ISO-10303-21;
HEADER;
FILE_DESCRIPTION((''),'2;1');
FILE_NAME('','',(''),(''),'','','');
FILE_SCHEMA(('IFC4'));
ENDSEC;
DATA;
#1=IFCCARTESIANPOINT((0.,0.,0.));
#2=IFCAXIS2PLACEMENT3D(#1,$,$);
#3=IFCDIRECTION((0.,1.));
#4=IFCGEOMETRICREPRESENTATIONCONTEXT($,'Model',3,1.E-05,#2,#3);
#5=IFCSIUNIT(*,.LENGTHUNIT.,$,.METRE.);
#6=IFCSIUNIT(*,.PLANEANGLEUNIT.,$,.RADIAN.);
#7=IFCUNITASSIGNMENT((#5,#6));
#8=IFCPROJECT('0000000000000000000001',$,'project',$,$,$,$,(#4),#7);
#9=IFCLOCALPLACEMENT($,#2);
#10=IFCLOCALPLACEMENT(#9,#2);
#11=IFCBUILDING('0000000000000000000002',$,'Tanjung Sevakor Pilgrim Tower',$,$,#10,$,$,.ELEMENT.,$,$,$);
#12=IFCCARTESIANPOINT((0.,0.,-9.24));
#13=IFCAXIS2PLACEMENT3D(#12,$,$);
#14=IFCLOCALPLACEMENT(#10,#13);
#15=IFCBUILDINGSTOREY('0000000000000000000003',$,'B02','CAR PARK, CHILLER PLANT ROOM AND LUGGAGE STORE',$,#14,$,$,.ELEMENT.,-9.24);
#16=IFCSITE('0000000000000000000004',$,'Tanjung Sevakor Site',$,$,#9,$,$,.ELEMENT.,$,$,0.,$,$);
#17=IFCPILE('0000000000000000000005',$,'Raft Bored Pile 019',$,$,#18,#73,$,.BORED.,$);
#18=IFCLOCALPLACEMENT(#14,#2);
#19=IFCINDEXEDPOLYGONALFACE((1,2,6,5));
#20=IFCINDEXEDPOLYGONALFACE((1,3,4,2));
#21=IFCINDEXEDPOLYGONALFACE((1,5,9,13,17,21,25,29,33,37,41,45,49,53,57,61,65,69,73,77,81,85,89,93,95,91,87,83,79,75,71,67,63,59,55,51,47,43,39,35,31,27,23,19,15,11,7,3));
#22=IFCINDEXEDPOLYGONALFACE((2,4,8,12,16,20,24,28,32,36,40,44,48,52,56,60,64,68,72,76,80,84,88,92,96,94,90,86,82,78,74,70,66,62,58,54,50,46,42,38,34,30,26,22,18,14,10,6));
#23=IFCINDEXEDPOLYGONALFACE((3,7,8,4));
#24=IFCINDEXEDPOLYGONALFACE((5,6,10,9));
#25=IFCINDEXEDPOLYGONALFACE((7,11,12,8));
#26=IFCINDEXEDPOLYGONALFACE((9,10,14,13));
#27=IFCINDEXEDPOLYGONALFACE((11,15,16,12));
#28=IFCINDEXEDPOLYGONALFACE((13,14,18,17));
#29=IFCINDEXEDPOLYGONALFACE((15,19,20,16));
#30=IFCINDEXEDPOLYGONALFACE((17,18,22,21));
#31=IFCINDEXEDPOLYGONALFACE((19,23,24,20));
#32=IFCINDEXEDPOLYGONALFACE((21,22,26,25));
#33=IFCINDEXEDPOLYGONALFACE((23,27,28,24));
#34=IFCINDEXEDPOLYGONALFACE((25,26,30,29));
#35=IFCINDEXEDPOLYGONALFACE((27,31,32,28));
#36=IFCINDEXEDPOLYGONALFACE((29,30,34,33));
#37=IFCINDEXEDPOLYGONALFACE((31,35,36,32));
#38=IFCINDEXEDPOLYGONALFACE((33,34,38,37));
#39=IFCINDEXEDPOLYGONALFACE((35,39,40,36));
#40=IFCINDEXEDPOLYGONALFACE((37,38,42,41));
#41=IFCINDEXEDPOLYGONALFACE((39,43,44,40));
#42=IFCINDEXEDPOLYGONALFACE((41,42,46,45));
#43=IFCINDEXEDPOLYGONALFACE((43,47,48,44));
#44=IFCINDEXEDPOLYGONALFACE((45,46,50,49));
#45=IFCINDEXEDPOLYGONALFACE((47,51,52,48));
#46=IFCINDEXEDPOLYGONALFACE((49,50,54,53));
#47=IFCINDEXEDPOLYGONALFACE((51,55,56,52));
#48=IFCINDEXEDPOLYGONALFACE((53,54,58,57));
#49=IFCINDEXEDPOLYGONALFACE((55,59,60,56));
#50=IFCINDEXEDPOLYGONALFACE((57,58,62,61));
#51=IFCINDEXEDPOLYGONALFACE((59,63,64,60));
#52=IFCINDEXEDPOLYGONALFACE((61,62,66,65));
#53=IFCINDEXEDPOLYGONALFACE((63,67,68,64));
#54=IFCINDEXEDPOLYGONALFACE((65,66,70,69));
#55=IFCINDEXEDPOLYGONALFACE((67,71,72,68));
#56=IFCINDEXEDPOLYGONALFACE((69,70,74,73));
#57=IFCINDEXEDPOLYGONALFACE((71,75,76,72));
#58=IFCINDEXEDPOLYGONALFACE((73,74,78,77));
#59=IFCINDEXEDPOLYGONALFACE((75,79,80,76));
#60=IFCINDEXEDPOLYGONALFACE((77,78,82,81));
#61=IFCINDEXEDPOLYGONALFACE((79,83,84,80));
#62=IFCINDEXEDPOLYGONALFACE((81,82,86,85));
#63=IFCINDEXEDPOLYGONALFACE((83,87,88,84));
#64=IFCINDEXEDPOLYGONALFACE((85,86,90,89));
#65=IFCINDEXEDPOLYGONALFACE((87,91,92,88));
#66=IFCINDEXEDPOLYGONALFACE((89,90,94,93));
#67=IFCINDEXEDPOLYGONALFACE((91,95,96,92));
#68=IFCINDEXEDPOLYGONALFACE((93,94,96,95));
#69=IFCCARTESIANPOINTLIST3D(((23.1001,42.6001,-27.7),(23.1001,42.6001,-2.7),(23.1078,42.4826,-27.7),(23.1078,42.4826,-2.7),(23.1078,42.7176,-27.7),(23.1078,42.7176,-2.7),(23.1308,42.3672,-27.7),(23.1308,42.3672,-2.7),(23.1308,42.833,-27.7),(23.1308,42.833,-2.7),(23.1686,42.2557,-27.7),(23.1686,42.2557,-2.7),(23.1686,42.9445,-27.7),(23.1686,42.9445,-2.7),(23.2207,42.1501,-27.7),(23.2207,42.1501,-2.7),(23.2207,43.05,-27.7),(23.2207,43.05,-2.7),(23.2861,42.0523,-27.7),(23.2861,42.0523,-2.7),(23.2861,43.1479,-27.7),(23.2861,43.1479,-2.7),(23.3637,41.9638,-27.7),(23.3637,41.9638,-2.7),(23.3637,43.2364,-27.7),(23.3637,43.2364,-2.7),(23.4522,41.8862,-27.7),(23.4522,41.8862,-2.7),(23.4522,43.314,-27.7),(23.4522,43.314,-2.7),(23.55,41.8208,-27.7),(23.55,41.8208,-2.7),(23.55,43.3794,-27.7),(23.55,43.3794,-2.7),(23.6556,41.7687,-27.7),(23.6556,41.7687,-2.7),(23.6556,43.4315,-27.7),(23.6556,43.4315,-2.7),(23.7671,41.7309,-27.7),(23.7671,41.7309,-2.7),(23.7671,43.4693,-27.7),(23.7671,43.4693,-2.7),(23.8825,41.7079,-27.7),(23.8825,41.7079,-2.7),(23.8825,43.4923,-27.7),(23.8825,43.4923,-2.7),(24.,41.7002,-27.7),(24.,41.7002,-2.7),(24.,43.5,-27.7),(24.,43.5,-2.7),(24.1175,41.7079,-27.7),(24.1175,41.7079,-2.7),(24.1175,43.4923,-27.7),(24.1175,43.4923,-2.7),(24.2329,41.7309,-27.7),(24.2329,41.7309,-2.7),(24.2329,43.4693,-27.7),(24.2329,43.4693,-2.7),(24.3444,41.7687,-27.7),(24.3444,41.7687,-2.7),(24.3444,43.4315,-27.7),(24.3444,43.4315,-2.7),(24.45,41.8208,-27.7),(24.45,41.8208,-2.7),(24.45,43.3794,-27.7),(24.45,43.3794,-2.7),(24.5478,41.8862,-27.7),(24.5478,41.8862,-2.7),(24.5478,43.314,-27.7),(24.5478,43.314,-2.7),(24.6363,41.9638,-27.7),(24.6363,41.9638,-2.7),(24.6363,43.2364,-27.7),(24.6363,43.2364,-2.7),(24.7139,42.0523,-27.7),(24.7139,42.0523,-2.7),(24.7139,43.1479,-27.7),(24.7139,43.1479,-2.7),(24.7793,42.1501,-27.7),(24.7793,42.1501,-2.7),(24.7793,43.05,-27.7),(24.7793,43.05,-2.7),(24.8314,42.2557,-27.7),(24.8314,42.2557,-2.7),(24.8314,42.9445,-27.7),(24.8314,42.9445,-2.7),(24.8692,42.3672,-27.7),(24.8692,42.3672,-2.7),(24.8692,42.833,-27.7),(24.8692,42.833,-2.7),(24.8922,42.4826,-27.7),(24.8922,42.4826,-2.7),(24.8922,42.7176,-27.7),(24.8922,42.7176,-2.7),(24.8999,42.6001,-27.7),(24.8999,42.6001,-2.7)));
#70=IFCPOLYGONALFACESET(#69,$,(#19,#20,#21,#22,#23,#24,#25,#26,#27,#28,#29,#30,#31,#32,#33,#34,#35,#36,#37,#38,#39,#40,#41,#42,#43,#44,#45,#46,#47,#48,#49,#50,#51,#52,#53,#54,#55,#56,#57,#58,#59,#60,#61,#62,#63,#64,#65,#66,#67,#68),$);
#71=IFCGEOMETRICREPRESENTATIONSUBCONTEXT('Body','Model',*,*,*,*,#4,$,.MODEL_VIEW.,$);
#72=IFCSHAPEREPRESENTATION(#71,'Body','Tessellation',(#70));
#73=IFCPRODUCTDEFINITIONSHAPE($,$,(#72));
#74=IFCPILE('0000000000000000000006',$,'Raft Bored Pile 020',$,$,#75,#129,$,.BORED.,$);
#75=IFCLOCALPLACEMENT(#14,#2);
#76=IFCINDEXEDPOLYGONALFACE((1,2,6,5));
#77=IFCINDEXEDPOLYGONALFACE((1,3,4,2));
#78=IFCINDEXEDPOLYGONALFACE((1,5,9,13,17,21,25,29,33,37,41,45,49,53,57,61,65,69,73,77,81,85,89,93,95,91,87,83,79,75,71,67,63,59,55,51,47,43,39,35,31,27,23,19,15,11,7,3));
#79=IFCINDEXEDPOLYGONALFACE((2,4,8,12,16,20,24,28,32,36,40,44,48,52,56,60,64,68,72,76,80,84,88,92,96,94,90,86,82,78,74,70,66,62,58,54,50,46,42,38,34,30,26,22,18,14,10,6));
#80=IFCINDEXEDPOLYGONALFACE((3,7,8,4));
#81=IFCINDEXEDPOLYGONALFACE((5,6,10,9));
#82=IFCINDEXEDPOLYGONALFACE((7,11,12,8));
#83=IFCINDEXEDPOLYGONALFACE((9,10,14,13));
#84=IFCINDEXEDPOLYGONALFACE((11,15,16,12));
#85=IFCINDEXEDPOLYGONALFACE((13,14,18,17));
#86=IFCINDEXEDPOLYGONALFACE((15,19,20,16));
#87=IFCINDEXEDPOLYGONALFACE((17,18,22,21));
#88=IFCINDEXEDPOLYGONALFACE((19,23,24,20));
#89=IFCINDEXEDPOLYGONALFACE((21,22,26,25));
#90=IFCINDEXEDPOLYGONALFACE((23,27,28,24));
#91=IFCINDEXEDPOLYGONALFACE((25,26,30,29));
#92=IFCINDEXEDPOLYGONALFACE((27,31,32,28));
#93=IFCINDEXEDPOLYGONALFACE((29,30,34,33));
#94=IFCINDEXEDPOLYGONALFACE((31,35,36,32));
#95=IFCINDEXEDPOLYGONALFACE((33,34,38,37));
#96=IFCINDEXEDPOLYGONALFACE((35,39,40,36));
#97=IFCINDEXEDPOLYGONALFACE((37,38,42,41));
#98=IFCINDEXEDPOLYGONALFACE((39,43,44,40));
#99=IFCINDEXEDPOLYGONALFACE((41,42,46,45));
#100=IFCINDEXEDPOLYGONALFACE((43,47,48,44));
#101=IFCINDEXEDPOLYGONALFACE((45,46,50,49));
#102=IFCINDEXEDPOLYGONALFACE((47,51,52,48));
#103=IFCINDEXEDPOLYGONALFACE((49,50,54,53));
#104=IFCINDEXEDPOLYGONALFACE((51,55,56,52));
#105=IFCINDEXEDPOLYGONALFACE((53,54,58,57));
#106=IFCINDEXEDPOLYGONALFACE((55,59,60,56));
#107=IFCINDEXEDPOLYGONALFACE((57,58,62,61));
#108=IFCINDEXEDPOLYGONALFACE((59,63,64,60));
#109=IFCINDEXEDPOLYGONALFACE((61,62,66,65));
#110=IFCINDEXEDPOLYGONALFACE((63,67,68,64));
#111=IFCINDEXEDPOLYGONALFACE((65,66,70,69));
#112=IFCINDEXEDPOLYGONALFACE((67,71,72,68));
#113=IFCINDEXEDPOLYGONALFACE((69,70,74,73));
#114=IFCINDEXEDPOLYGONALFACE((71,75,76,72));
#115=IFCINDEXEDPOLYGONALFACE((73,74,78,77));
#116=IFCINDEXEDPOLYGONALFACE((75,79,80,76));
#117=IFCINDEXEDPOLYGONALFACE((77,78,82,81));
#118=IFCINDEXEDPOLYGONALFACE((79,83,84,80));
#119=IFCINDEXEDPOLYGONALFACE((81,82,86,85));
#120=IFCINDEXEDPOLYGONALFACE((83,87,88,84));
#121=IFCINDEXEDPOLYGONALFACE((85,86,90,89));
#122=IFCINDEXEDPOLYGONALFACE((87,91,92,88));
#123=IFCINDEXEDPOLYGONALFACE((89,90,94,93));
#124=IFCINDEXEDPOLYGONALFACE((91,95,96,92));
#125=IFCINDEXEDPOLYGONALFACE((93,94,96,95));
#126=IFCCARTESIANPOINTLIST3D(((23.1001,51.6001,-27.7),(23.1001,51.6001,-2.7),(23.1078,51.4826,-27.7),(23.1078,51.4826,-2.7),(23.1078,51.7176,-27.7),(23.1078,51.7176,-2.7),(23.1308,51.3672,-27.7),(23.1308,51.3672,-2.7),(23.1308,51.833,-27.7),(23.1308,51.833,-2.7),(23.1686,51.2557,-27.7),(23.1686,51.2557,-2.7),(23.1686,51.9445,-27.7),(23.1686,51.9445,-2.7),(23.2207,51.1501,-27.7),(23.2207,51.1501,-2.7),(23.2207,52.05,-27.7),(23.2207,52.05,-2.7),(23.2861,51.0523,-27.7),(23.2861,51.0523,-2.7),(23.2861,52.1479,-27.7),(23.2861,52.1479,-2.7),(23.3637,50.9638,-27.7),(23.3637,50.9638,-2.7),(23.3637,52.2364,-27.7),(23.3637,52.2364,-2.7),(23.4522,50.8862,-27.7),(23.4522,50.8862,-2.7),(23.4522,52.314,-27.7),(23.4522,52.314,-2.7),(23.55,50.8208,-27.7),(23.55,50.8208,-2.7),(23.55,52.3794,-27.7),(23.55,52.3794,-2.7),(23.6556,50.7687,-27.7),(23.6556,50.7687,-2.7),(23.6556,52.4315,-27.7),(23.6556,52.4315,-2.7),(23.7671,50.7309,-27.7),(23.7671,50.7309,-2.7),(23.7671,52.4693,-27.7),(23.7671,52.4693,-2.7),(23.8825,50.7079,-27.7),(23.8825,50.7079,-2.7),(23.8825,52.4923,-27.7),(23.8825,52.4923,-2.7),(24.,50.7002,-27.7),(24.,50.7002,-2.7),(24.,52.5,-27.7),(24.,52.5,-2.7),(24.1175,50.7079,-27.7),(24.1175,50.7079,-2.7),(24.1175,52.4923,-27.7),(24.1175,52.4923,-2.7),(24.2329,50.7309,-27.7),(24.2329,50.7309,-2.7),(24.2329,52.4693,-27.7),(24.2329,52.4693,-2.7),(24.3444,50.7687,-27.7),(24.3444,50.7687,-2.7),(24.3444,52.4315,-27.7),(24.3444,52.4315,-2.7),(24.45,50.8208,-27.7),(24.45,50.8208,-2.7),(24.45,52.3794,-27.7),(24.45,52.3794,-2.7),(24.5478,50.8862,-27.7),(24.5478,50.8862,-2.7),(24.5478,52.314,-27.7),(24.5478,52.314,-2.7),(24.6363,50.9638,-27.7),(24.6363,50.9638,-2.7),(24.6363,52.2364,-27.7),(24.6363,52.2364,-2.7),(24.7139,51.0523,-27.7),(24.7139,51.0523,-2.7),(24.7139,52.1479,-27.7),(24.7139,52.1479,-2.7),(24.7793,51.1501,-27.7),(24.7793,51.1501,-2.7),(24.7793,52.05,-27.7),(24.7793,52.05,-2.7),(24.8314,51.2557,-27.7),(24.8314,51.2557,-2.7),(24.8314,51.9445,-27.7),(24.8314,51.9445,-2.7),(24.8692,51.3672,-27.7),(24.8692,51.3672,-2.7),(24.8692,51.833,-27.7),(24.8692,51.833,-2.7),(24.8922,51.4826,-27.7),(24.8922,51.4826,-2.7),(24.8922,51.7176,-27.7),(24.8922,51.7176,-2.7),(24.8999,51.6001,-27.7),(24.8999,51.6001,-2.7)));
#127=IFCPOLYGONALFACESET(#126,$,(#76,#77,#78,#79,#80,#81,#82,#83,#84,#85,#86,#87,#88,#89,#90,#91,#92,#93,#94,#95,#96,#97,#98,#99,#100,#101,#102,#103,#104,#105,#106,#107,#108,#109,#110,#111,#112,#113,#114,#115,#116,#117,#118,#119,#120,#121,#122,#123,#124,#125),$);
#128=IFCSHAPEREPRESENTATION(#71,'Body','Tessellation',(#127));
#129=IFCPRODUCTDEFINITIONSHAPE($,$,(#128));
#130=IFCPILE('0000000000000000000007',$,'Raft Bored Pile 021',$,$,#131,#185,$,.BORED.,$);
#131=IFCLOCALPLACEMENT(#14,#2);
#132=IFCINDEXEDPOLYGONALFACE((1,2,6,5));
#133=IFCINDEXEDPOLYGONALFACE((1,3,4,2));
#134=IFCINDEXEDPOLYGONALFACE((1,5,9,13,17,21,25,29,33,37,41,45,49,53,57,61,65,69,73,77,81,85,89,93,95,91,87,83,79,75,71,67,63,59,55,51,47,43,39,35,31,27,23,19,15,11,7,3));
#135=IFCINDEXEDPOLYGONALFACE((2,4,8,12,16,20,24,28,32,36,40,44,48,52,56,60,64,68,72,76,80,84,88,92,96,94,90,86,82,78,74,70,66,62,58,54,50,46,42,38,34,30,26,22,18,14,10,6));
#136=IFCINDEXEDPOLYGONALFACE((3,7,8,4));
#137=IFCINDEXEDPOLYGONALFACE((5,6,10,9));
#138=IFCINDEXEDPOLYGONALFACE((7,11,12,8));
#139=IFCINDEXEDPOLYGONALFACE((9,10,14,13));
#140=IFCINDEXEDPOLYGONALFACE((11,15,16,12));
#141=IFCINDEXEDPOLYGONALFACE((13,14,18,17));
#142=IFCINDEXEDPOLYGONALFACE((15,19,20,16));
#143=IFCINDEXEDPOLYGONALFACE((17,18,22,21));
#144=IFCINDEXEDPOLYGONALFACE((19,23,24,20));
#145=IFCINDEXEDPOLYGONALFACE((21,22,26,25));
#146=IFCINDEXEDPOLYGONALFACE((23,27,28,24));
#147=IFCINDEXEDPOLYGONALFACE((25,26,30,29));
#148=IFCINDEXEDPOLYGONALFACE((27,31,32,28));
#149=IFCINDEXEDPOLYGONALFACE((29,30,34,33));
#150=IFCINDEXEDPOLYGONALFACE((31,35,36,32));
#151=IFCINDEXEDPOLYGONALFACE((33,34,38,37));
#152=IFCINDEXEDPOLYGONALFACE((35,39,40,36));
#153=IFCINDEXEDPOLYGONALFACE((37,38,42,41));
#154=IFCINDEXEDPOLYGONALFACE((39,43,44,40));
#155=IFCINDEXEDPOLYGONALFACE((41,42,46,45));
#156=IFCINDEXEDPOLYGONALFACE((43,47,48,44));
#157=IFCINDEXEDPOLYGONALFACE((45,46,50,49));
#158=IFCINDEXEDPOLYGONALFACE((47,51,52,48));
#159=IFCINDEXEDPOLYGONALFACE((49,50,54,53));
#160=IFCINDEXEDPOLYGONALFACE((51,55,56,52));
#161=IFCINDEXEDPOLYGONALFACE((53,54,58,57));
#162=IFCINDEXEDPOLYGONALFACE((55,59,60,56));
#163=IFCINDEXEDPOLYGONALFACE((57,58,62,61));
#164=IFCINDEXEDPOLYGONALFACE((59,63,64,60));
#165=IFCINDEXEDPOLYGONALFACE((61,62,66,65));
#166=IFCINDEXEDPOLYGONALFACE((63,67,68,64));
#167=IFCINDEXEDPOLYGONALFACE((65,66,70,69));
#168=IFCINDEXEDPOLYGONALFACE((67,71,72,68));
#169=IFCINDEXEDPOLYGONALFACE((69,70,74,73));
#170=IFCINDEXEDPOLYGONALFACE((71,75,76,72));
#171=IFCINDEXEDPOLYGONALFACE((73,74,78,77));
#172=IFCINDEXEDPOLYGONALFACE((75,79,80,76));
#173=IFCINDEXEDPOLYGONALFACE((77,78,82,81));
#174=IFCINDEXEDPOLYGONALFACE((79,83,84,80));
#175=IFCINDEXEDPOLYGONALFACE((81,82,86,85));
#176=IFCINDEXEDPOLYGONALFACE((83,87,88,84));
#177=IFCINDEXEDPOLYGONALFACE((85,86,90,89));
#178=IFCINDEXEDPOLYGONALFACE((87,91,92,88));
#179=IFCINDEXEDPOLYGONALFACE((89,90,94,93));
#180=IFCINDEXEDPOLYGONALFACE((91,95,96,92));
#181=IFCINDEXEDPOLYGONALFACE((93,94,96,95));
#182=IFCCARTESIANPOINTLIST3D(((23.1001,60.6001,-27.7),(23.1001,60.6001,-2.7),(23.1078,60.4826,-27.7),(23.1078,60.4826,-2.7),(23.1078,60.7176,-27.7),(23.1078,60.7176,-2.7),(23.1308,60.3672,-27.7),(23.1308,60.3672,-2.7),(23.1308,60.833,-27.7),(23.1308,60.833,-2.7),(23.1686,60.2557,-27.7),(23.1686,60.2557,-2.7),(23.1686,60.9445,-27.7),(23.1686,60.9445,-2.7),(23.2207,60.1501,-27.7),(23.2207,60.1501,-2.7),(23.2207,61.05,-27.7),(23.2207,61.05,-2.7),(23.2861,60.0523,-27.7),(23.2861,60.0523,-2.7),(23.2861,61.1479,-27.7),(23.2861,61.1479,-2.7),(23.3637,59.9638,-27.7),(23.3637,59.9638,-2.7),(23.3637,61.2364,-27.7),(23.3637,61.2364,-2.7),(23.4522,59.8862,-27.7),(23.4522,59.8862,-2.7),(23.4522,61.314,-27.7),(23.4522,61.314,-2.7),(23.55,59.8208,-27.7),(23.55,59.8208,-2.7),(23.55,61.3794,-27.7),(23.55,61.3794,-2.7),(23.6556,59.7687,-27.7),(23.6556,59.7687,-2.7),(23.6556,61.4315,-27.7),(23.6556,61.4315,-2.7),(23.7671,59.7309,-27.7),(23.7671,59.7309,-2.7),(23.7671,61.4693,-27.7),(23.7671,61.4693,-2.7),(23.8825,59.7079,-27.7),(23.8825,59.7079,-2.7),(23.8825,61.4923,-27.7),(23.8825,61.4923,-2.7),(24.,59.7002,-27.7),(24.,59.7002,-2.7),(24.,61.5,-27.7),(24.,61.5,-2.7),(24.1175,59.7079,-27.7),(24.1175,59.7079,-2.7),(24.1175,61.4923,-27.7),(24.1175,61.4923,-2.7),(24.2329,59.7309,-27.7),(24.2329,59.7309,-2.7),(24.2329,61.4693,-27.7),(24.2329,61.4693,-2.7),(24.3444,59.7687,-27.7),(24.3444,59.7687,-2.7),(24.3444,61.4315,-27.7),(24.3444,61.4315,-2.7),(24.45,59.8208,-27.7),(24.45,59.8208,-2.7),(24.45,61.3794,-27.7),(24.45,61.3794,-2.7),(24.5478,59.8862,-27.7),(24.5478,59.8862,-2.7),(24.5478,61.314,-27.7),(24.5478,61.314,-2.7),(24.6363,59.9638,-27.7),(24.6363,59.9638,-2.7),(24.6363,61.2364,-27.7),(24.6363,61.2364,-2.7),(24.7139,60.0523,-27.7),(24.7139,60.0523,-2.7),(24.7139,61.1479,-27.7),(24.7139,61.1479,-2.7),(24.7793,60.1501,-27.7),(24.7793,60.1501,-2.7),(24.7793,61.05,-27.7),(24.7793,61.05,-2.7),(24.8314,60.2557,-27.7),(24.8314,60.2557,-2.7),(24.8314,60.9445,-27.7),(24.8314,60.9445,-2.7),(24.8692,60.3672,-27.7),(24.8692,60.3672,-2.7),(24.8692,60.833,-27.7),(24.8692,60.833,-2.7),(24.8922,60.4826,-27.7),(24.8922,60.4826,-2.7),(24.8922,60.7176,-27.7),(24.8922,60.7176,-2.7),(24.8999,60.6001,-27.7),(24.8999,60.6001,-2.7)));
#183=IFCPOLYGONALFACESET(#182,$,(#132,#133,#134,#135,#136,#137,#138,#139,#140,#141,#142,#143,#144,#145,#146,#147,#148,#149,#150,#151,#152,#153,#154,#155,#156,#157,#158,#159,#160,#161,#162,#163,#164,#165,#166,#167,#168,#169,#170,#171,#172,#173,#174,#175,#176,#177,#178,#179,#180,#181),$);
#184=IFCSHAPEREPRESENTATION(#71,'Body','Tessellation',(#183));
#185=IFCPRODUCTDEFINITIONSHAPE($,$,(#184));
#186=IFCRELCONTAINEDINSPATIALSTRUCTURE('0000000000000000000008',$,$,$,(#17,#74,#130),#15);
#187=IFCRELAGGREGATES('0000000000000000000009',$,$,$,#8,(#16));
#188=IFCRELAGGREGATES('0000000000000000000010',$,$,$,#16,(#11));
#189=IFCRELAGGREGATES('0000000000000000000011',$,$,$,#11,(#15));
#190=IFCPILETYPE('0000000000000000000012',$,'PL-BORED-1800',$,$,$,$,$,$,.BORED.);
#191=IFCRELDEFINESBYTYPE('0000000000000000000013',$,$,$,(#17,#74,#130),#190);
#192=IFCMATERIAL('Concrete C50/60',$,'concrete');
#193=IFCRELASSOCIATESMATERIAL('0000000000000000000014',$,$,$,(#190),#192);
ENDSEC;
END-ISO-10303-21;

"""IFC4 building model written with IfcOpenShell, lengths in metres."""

from ifc_helpers import new_model, si_unit, direction, frame, origin, origin_2d, place, context, subcontext, project, spatial, circle, extrude, material, material_profile, profile_set, type_object, element, save


model = new_model("IFC4")

# Units and contexts
model_context = context("Model", 3, precision=1e-05, world=origin(), true_north=direction((0.0, 1.0)))
body_context = subcontext(model_context, "Body", "Model", "MODEL_VIEW")
ifc_project = project(units=[si_unit("LENGTHUNIT", "METRE"), si_unit("PLANEANGLEUNIT", "RADIAN")], contexts=[model_context])

# Site, building, storey
site_placement = place(None, origin())
site = spatial("IfcSite", under=ifc_project, at=site_placement, Name="Tanjung Sevakor Site", CompositionType="ELEMENT", RefElevation=0.0)
building_placement = place(site_placement, origin())
building = spatial("IfcBuilding", under=site, at=building_placement, Name="Tanjung Sevakor Pilgrim Tower", CompositionType="ELEMENT")
storey_placement = place(building_placement, frame((0.0, 0.0, -9.24)))
storey = spatial("IfcBuildingStorey", under=building, at=storey_placement, Name="B02", Description="CAR PARK, CHILLER PLANT ROOM AND LUGGAGE STORE", CompositionType="ELEMENT", Elevation=-9.24)

# Piles
ifc_material_1 = material(Name="Concrete C50/60", Category="concrete")
ifc_material_profile_1 = material_profile(ifc_material_1, circle(Radius=0.8999, at=origin_2d()))
ifc_profile_set_1 = profile_set([ifc_material_profile_1], Name="Concrete C50/60")
pile_type = type_object("IfcPileType", Name="PL-BORED-1800", PredefinedType="BORED", material=ifc_profile_set_1)
for number, where, z_axis, x_axis, name in (
    (1, (24.0, 42.6001, -2.7), (0.0, 0.0, -1.0), (1.0, 0.0, 0.0), "Raft Bored Pile 019"),
    (2, (24.0, 51.6001, -2.7), (0.0, 0.0, -1.0), (1.0, 0.0, 0.0), "Raft Bored Pile 020"),
    (3, (24.0, 60.6001, -2.7), (0.0, 0.0, -1.0), (1.0, 0.0, 0.0), "Raft Bored Pile 021"),
):
    element("IfcPile", number, at=place(storey_placement, frame(where, z_axis=z_axis, x_axis=x_axis)), inside=storey, type_object=pile_type, Name=name, PredefinedType="BORED", context=body_context, shape_type="SweptSolid", body=[
        extrude(circle(Radius=0.8999, at=origin_2d()), origin(), (0.0, 0.0, 1.0), 25.0),
    ])

save(model, "model.ifc")
